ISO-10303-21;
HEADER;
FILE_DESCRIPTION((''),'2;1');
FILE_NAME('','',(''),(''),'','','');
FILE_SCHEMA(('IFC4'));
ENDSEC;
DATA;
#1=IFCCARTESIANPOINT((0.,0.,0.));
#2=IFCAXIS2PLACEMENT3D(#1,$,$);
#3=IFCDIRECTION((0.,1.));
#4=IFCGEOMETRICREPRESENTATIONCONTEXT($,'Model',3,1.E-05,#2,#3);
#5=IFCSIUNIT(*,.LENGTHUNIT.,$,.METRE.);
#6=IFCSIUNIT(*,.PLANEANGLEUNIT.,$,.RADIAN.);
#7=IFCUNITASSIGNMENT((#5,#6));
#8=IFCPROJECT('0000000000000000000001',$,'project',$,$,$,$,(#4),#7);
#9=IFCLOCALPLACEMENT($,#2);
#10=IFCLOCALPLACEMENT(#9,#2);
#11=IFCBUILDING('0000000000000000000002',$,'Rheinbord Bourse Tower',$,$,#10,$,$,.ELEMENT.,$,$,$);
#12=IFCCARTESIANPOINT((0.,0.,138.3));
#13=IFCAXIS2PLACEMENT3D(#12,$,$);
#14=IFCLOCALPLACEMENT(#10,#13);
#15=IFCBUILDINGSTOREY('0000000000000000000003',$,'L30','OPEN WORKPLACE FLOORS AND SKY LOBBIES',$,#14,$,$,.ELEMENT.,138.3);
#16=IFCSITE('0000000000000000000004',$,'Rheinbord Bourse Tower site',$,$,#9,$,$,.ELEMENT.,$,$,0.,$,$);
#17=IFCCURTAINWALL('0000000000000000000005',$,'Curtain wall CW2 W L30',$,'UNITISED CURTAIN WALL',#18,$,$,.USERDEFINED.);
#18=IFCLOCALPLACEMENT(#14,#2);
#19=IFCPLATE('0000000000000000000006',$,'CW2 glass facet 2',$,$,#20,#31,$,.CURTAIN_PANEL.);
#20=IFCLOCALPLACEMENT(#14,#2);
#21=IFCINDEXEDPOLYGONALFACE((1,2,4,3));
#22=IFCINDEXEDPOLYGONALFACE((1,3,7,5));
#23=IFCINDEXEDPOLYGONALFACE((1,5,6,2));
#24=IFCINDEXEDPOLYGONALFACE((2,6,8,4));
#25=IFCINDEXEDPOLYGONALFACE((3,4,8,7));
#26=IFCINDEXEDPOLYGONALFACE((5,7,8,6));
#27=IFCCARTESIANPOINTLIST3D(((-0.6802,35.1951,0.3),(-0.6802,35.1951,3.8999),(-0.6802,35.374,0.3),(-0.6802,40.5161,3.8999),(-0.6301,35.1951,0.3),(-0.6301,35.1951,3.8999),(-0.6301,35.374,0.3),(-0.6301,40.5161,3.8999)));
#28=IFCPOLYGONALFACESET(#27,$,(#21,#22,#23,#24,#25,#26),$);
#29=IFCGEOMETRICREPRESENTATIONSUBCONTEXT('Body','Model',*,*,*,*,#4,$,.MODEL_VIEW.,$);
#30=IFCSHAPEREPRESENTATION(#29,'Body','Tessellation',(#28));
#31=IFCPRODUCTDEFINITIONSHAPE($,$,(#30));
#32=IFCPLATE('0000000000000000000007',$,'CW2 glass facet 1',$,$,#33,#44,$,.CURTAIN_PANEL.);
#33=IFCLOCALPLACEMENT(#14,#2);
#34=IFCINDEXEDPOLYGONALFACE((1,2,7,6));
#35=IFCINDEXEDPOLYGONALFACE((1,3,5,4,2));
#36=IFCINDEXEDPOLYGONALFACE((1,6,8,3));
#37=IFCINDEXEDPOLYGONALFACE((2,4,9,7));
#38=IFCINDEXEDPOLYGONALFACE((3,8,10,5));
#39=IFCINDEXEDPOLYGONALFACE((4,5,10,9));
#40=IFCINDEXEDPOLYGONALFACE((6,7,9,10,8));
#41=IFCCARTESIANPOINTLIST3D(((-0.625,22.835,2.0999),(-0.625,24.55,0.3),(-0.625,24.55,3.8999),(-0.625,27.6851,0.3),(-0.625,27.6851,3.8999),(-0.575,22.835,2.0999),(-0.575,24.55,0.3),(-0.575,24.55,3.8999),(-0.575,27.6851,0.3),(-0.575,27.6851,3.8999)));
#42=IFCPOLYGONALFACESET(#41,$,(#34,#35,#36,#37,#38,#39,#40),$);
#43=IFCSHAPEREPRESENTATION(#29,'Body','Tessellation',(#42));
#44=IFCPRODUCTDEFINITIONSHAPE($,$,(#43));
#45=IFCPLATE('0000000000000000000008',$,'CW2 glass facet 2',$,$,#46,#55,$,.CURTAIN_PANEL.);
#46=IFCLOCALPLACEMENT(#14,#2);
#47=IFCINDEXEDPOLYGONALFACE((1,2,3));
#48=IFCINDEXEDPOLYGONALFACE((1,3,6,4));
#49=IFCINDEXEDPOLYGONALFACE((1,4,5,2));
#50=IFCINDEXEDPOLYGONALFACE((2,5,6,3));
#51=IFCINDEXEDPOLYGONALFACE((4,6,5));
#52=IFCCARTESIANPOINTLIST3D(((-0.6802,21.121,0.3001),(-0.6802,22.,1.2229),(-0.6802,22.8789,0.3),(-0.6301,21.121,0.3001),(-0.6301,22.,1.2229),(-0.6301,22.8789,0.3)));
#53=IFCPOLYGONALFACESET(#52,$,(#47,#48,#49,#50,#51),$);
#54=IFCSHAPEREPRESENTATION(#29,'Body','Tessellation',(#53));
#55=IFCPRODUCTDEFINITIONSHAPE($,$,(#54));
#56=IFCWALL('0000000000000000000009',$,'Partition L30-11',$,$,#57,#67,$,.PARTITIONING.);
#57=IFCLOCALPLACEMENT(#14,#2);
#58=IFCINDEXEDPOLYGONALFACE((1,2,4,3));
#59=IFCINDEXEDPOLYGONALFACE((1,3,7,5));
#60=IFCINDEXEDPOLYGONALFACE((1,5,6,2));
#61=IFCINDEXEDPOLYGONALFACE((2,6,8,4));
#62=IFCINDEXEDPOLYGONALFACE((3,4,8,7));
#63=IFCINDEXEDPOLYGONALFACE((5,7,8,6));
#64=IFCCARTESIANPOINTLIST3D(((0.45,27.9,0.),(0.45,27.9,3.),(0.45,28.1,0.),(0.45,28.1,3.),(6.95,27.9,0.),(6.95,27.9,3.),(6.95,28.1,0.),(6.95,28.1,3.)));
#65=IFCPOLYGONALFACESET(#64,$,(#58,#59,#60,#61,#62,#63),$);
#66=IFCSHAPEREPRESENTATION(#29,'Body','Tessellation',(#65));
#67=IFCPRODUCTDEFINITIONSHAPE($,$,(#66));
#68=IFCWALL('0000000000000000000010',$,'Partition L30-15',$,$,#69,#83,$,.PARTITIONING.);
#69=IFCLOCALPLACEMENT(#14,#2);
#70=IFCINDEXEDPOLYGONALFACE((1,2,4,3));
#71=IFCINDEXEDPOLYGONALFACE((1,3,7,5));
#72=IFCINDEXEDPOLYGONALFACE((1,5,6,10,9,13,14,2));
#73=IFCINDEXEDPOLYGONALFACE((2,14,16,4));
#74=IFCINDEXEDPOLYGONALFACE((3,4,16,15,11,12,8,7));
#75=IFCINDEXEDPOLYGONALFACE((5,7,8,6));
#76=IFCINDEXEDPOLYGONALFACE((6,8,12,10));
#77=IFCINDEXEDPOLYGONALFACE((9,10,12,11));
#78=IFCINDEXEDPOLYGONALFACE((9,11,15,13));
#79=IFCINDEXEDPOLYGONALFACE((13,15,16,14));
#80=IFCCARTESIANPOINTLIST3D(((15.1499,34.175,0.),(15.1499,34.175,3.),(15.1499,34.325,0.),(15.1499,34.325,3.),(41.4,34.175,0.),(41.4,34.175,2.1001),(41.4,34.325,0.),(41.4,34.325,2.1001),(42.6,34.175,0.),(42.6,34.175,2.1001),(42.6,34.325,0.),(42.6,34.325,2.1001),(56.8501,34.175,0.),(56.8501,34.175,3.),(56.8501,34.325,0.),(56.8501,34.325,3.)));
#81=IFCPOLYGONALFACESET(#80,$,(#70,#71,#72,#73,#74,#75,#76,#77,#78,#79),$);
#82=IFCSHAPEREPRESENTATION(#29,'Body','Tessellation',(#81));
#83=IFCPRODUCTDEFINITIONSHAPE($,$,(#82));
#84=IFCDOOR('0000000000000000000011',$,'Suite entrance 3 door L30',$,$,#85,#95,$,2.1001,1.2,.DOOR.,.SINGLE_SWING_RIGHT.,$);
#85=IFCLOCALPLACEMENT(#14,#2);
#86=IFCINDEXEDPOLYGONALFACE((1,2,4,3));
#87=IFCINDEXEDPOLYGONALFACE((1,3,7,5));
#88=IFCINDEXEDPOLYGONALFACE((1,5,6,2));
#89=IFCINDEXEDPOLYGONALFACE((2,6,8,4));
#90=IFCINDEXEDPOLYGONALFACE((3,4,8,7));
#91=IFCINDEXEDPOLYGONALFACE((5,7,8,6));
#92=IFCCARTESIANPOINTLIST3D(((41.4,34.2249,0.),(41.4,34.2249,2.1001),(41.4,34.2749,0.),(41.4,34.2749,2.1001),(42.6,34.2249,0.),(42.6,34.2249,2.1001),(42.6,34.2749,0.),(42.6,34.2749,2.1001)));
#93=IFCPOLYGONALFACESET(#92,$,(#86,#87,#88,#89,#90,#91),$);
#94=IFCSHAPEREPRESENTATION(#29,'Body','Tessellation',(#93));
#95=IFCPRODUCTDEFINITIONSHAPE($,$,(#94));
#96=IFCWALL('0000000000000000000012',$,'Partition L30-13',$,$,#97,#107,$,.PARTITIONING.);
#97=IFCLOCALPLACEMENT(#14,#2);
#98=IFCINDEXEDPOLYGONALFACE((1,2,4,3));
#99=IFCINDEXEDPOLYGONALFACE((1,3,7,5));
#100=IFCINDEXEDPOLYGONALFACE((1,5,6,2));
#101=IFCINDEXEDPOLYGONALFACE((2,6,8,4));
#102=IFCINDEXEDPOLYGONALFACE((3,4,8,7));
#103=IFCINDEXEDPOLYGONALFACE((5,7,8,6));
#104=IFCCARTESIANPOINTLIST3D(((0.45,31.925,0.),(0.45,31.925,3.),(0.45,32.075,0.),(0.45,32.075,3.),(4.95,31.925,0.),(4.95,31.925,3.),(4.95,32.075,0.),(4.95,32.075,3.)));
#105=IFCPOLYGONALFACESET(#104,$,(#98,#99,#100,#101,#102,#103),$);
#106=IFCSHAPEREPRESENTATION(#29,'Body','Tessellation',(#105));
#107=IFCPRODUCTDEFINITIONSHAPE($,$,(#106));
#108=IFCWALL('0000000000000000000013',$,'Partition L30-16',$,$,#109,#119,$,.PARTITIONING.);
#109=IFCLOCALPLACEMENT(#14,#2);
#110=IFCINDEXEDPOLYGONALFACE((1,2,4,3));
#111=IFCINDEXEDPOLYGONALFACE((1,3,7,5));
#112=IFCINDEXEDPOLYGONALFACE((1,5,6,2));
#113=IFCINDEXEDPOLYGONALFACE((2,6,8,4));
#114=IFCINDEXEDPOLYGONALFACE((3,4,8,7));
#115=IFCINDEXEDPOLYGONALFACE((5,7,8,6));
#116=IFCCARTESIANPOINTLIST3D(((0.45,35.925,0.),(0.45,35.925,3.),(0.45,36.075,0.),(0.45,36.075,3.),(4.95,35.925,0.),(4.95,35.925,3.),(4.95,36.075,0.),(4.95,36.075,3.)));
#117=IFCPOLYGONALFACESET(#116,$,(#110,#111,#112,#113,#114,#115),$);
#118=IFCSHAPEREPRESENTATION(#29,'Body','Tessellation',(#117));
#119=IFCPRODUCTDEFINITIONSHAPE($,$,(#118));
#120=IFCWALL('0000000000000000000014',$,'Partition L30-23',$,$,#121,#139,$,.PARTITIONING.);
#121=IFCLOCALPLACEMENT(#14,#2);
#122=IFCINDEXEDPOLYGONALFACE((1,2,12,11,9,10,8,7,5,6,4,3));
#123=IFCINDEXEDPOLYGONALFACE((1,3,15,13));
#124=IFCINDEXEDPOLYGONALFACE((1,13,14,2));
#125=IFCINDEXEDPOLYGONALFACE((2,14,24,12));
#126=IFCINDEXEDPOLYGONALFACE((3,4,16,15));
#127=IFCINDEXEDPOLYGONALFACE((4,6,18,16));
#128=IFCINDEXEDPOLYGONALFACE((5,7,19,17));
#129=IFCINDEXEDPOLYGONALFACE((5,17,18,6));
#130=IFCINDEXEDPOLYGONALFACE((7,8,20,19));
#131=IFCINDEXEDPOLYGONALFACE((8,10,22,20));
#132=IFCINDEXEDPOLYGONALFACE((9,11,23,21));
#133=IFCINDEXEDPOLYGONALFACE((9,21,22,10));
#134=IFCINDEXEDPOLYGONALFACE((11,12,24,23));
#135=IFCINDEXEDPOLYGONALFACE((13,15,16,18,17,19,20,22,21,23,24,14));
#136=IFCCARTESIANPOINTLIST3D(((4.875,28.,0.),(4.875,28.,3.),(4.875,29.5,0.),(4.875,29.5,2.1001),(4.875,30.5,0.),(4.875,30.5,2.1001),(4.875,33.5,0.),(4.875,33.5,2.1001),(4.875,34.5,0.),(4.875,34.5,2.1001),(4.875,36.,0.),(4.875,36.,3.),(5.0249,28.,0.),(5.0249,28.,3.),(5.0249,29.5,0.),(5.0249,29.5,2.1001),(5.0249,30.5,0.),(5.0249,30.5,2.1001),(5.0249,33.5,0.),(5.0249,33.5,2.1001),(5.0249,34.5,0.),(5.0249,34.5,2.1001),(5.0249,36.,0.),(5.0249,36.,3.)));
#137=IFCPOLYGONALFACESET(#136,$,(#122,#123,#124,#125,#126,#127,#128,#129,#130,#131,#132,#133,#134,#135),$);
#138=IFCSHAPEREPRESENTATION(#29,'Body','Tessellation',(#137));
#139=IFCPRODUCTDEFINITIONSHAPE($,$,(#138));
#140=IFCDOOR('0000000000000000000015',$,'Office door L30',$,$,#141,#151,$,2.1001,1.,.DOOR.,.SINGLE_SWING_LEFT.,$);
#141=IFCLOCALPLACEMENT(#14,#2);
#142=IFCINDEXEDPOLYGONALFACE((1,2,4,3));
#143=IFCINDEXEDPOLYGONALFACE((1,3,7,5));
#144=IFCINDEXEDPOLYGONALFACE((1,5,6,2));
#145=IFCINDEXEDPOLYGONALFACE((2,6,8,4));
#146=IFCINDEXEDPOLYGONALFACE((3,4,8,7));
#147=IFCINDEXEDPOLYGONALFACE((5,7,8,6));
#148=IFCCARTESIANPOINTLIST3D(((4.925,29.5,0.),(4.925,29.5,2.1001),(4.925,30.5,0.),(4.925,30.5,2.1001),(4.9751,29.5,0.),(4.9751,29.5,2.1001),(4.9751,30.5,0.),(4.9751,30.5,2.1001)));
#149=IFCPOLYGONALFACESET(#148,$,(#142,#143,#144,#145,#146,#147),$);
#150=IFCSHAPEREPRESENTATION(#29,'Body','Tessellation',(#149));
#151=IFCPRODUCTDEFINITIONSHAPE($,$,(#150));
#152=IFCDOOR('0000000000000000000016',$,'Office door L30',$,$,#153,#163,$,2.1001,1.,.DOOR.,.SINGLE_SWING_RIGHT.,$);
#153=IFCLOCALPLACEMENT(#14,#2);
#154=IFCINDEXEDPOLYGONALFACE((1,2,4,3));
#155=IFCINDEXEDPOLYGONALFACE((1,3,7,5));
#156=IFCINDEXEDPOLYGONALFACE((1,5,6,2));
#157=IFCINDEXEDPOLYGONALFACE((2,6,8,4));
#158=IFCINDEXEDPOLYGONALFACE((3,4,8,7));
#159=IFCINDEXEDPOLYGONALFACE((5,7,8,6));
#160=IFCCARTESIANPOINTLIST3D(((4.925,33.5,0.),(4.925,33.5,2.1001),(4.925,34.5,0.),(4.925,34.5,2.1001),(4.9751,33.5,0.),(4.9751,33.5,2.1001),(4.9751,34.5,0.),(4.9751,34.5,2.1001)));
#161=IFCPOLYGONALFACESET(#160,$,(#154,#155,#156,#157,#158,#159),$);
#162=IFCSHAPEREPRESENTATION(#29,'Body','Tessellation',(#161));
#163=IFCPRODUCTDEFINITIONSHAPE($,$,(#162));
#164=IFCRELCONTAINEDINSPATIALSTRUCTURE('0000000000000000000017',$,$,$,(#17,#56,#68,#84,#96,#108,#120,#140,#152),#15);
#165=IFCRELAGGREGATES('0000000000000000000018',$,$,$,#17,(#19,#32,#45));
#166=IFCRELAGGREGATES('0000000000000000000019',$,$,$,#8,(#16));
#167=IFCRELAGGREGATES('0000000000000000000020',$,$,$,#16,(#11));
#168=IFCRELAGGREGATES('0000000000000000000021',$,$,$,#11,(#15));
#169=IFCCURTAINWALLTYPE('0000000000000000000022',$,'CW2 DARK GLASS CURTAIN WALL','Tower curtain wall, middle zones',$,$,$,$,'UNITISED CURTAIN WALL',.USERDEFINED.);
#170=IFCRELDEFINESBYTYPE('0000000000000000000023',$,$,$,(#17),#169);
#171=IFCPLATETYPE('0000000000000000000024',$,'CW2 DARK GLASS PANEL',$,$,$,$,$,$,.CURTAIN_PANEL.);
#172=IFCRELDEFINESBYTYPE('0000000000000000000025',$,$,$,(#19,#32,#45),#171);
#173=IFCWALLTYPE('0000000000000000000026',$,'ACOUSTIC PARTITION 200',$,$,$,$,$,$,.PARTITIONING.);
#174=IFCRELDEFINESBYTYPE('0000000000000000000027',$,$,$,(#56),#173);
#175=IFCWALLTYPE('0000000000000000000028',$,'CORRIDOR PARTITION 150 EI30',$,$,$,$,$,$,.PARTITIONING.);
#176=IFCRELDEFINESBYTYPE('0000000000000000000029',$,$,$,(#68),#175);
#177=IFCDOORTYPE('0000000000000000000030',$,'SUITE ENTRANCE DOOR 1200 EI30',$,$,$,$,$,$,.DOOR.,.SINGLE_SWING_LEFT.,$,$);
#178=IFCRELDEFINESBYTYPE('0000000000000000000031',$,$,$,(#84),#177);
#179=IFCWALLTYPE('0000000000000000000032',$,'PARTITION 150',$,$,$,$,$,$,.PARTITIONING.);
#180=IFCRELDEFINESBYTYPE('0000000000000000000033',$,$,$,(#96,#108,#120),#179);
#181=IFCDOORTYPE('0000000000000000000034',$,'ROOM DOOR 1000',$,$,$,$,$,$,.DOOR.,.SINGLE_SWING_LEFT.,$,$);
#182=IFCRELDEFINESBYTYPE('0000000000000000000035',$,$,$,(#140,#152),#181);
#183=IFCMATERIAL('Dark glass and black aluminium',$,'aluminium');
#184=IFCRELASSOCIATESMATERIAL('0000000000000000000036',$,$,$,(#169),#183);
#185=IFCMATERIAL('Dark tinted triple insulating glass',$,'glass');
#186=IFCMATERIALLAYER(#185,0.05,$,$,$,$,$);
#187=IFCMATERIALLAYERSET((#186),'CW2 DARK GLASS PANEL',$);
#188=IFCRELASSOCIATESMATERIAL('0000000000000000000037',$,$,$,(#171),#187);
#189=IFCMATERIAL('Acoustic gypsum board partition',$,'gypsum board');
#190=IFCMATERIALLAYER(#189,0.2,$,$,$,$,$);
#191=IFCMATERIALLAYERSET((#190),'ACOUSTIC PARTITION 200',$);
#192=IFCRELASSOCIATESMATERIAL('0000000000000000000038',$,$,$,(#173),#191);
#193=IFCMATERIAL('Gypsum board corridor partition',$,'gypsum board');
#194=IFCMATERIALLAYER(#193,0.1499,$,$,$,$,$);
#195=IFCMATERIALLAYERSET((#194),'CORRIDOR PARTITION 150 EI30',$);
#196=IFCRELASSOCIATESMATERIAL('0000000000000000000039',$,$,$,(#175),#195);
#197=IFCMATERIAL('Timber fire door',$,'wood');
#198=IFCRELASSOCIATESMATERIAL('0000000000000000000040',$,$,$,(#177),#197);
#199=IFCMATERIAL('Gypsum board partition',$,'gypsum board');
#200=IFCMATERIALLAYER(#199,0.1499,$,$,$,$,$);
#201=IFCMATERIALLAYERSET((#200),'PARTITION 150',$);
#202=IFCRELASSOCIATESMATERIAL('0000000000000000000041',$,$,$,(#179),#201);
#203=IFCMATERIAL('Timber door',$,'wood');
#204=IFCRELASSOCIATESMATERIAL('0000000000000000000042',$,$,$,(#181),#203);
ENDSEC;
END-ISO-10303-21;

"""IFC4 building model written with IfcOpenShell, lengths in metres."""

from ifc_helpers import new_model, si_unit, direction, frame, frame_2d, origin, place, context, subcontext, project, spatial, polyline, rectangle, outline, extrude, material, layer, layer_set, type_object, element, fill, aggregate, save


model = new_model("IFC4")

# Units and contexts
model_context = context("Model", 3, precision=1e-05, world=origin(), true_north=direction((0.0, 1.0)))
body_context = subcontext(model_context, "Body", "Model", "MODEL_VIEW")
ifc_project = project(units=[si_unit("LENGTHUNIT", "METRE"), si_unit("PLANEANGLEUNIT", "RADIAN")], contexts=[model_context])

# Site, building, storey
site_placement = place(None, origin())
site = spatial("IfcSite", under=ifc_project, at=site_placement, Name="Rheinbord Bourse Tower site", CompositionType="ELEMENT", RefElevation=0.0)
building_placement = place(site_placement, origin())
building = spatial("IfcBuilding", under=site, at=building_placement, Name="Rheinbord Bourse Tower", CompositionType="ELEMENT")
storey_placement = place(building_placement, frame((0.0, 0.0, 138.3)))
storey = spatial("IfcBuildingStorey", under=building, at=storey_placement, Name="L30", Description="OPEN WORKPLACE FLOORS AND SKY LOBBIES", CompositionType="ELEMENT", Elevation=138.3)

# Curtain wall
ifc_material_1 = material(Name="Dark glass and black aluminium", Category="aluminium")
curtain_wall_type = type_object("IfcCurtainWallType", Name="CW2 DARK GLASS CURTAIN WALL", Description="Tower curtain wall, middle zones", ElementType="UNITISED CURTAIN WALL", PredefinedType="USERDEFINED", material=ifc_material_1)
curtain_wall_placement = place(storey_placement, origin())
curtain_wall = element("IfcCurtainWall", 1, at=curtain_wall_placement, inside=storey, type_object=curtain_wall_type, Name="Curtain wall CW2 W L30", ObjectType="UNITISED CURTAIN WALL", PredefinedType="USERDEFINED")

# Plates
ifc_material_2 = material(Name="Dark tinted triple insulating glass", Category="glass")
ifc_layer_1 = layer(ifc_material_2, 0.05)
ifc_layer_set_1 = layer_set([ifc_layer_1], Name="CW2 DARK GLASS PANEL")
plate_type = type_object("IfcPlateType", Name="CW2 DARK GLASS PANEL", PredefinedType="CURTAIN_PANEL", material=ifc_layer_set_1)
plate_1_placement = place(storey_placement, frame((-0.6802, 35.1951, 3.8999), z_axis=(1.0, 0.0, 0.0), x_axis=(0.0, 0.0, -1.0)))
plate_1 = element("IfcPlate", 2, at=plate_1_placement, type_object=plate_type, Name="CW2 glass facet 2", PredefinedType="CURTAIN_PANEL", context=body_context, shape_type="SweptSolid", body=[
    extrude(outline(polyline([(0.0, 0.0), (3.5999, 0.0), (3.5999, 0.179), (0.0, 5.321), (0.0, 0.0)])), origin(), (0.0, 0.0, 1.0), 0.05),
])
plate_2_placement = place(storey_placement, frame((-0.625, 27.6851, 0.3), z_axis=(1.0, 0.0, 0.0), x_axis=(0.0, 0.0, 1.0)))
plate_2 = element("IfcPlate", 3, at=plate_2_placement, type_object=plate_type, Name="CW2 glass facet 1", PredefinedType="CURTAIN_PANEL", context=body_context, shape_type="SweptSolid", body=[
    extrude(outline(polyline([(0.0, 0.0), (3.5999, 0.0), (3.5999, 3.135), (1.7998, 4.8501), (0.0, 3.135), (0.0, 0.0)])), origin(), (0.0, 0.0, 1.0), 0.05),
])
plate_3_placement = place(storey_placement, frame((-0.6802, 22.8789, 0.3), z_axis=(1.0, 0.0, 0.0), x_axis=(0.0, -0.689655, 0.724138)))
plate_3 = element("IfcPlate", 4, at=plate_3_placement, type_object=plate_type, Name="CW2 glass facet 2", PredefinedType="CURTAIN_PANEL", context=body_context, shape_type="SweptSolid", body=[
    extrude(outline(polyline([(0.0, 0.0), (1.2744, 0.0), (1.2124, 1.2729), (0.0, 0.0)])), origin(), (0.0, 0.0, 1.0), 0.05),
])
aggregate(curtain_wall, [plate_1, plate_2, plate_3])

# Wall
ifc_material_3 = material(Name="Acoustic gypsum board partition", Category="gypsum board")
ifc_layer_2 = layer(ifc_material_3, 0.2)
ifc_layer_set_2 = layer_set([ifc_layer_2], Name="ACOUSTIC PARTITION 200")
wall_type_1 = type_object("IfcWallType", Name="ACOUSTIC PARTITION 200", PredefinedType="PARTITIONING", material=ifc_layer_set_2)
wall_1_placement = place(storey_placement, frame((0.45, 28.0, 0.0), z_axis=(0.0, 0.0, 1.0), x_axis=(1.0, 0.0, 0.0)))
element("IfcWall", 5, at=wall_1_placement, inside=storey, type_object=wall_type_1, Name="Partition L30-11", PredefinedType="PARTITIONING", context=body_context, shape_type="SweptSolid", body=[
    extrude(rectangle(XDim=6.5, YDim=0.2, at=frame_2d((3.25, 0.0))), origin(), (0.0, 0.0, 1.0), 3.0),
])

# Wall, opening, door
ifc_material_4 = material(Name="Gypsum board corridor partition", Category="gypsum board")
ifc_layer_3 = layer(ifc_material_4, 0.1499)
ifc_layer_set_3 = layer_set([ifc_layer_3], Name="CORRIDOR PARTITION 150 EI30")
wall_type_2 = type_object("IfcWallType", Name="CORRIDOR PARTITION 150 EI30", PredefinedType="PARTITIONING", material=ifc_layer_set_3)
wall_2_placement = place(storey_placement, frame((15.1499, 34.25, 0.0), z_axis=(0.0, 0.0, 1.0), x_axis=(1.0, 0.0, 0.0)))
wall_2 = element("IfcWall", 6, at=wall_2_placement, inside=storey, type_object=wall_type_2, Name="Partition L30-15", PredefinedType="PARTITIONING", context=body_context, shape_type="SweptSolid", body=[
    extrude(rectangle(XDim=41.7002, YDim=0.1499, at=frame_2d((20.8501, 0.0))), origin(), (0.0, 0.0, 1.0), 3.0),
])
opening_1_placement = place(wall_2_placement, frame((26.25, 0.0, 0.0)))
opening_1 = element("IfcOpeningElement", 7, at=opening_1_placement, cuts=wall_2, PredefinedType="OPENING", context=body_context, shape_type="SweptSolid", body=[
    extrude(rectangle(XDim=1.2, YDim=2.1001, at=frame_2d((0.6001, 1.05))), frame((0.0, 0.085, 0.0), z_axis=(0.0, -1.0, 0.0), x_axis=(1.0, 0.0, 0.0)), (0.0, 0.0, 1.0), 0.1699),
])
ifc_material_5 = material(Name="Timber fire door", Category="wood")
door_type_1 = type_object("IfcDoorType", Name="SUITE ENTRANCE DOOR 1200 EI30", OperationType="SINGLE_SWING_LEFT", PredefinedType="DOOR", material=ifc_material_5)
door_1_placement = place(opening_1_placement, origin())
door_1 = element("IfcDoor", 8, at=door_1_placement, inside=storey, type_object=door_type_1, Name="Suite entrance 3 door L30", OperationType="SINGLE_SWING_RIGHT", OverallHeight=2.1001, OverallWidth=1.2, PredefinedType="DOOR", context=body_context, shape_type="SweptSolid", body=[
    extrude(rectangle(XDim=1.2, YDim=2.1001, at=frame_2d((0.6001, 1.05))), frame((0.0, 0.0249, 0.0), z_axis=(0.0, -1.0, 0.0), x_axis=(1.0, 0.0, 0.0)), (0.0, 0.0, 1.0), 0.05),
])
fill(opening_1, door_1)

# Walls
ifc_material_6 = material(Name="Gypsum board partition", Category="gypsum board")
ifc_layer_4 = layer(ifc_material_6, 0.1499)
ifc_layer_set_4 = layer_set([ifc_layer_4], Name="PARTITION 150")
wall_type_3 = type_object("IfcWallType", Name="PARTITION 150", PredefinedType="PARTITIONING", material=ifc_layer_set_4)
for number, where, z_axis, x_axis, name in (
    (9, (0.45, 32.0, 0.0), (0.0, 0.0, 1.0), (1.0, 0.0, 0.0), "Partition L30-13"),
    (10, (0.45, 36.0, 0.0), (0.0, 0.0, 1.0), (1.0, 0.0, 0.0), "Partition L30-16"),
):
    element("IfcWall", number, at=place(storey_placement, frame(where, z_axis=z_axis, x_axis=x_axis)), inside=storey, type_object=wall_type_3, Name=name, PredefinedType="PARTITIONING", context=body_context, shape_type="SweptSolid", body=[
        extrude(rectangle(XDim=4.5, YDim=0.1499, at=frame_2d((2.25, 0.0))), origin(), (0.0, 0.0, 1.0), 3.0),
    ])

# Wall, openings, doors
wall_3_placement = place(storey_placement, frame((4.95, 28.0, 0.0), z_axis=(0.0, 0.0, 1.0), x_axis=(0.0, 1.0, 0.0)))
wall_3 = element("IfcWall", 11, at=wall_3_placement, inside=storey, type_object=wall_type_3, Name="Partition L30-23", PredefinedType="PARTITIONING", context=body_context, shape_type="SweptSolid", body=[
    extrude(rectangle(XDim=8.0, YDim=0.1499, at=frame_2d((4.0, 0.0))), origin(), (0.0, 0.0, 1.0), 3.0),
])
opening_2_placement = place(wall_3_placement, frame((1.5, 0.0, 0.0)))
opening_2 = element("IfcOpeningElement", 12, at=opening_2_placement, cuts=wall_3, PredefinedType="OPENING", context=body_context, shape_type="SweptSolid", body=[
    extrude(rectangle(XDim=1.0, YDim=2.1001, at=frame_2d((0.5, 1.05))), frame((0.0, 0.085, 0.0), z_axis=(0.0, -1.0, 0.0), x_axis=(1.0, 0.0, 0.0)), (0.0, 0.0, 1.0), 0.1699),
])
opening_3_placement = place(wall_3_placement, frame((5.5, 0.0, 0.0)))
opening_3 = element("IfcOpeningElement", 13, at=opening_3_placement, cuts=wall_3, PredefinedType="OPENING", context=body_context, shape_type="SweptSolid", body=[
    extrude(rectangle(XDim=1.0, YDim=2.1001, at=frame_2d((0.5, 1.05))), frame((0.0, 0.085, 0.0), z_axis=(0.0, -1.0, 0.0), x_axis=(1.0, 0.0, 0.0)), (0.0, 0.0, 1.0), 0.1699),
])
ifc_material_7 = material(Name="Timber door", Category="wood")
door_type_2 = type_object("IfcDoorType", Name="ROOM DOOR 1000", OperationType="SINGLE_SWING_LEFT", PredefinedType="DOOR", material=ifc_material_7)
door_2_placement = place(opening_2_placement, origin())
door_2 = element("IfcDoor", 14, at=door_2_placement, inside=storey, type_object=door_type_2, Name="Office door L30", OperationType="SINGLE_SWING_LEFT", OverallHeight=2.1001, OverallWidth=1.0, PredefinedType="DOOR", context=body_context, shape_type="SweptSolid", body=[
    extrude(rectangle(XDim=1.0, YDim=2.1001, at=frame_2d((0.5, 1.05))), frame((0.0, 0.0249, 0.0), z_axis=(0.0, -1.0, 0.0), x_axis=(1.0, 0.0, 0.0)), (0.0, 0.0, 1.0), 0.05),
])
fill(opening_2, door_2)
door_3_placement = place(opening_3_placement, origin())
door_3 = element("IfcDoor", 15, at=door_3_placement, inside=storey, type_object=door_type_2, Name="Office door L30", OperationType="SINGLE_SWING_RIGHT", OverallHeight=2.1001, OverallWidth=1.0, PredefinedType="DOOR", context=body_context, shape_type="SweptSolid", body=[
    extrude(rectangle(XDim=1.0, YDim=2.1001, at=frame_2d((0.5, 1.05))), frame((0.0, 0.0249, 0.0), z_axis=(0.0, -1.0, 0.0), x_axis=(1.0, 0.0, 0.0)), (0.0, 0.0, 1.0), 0.05),
])
fill(opening_3, door_3)

save(model, "model.ifc")
